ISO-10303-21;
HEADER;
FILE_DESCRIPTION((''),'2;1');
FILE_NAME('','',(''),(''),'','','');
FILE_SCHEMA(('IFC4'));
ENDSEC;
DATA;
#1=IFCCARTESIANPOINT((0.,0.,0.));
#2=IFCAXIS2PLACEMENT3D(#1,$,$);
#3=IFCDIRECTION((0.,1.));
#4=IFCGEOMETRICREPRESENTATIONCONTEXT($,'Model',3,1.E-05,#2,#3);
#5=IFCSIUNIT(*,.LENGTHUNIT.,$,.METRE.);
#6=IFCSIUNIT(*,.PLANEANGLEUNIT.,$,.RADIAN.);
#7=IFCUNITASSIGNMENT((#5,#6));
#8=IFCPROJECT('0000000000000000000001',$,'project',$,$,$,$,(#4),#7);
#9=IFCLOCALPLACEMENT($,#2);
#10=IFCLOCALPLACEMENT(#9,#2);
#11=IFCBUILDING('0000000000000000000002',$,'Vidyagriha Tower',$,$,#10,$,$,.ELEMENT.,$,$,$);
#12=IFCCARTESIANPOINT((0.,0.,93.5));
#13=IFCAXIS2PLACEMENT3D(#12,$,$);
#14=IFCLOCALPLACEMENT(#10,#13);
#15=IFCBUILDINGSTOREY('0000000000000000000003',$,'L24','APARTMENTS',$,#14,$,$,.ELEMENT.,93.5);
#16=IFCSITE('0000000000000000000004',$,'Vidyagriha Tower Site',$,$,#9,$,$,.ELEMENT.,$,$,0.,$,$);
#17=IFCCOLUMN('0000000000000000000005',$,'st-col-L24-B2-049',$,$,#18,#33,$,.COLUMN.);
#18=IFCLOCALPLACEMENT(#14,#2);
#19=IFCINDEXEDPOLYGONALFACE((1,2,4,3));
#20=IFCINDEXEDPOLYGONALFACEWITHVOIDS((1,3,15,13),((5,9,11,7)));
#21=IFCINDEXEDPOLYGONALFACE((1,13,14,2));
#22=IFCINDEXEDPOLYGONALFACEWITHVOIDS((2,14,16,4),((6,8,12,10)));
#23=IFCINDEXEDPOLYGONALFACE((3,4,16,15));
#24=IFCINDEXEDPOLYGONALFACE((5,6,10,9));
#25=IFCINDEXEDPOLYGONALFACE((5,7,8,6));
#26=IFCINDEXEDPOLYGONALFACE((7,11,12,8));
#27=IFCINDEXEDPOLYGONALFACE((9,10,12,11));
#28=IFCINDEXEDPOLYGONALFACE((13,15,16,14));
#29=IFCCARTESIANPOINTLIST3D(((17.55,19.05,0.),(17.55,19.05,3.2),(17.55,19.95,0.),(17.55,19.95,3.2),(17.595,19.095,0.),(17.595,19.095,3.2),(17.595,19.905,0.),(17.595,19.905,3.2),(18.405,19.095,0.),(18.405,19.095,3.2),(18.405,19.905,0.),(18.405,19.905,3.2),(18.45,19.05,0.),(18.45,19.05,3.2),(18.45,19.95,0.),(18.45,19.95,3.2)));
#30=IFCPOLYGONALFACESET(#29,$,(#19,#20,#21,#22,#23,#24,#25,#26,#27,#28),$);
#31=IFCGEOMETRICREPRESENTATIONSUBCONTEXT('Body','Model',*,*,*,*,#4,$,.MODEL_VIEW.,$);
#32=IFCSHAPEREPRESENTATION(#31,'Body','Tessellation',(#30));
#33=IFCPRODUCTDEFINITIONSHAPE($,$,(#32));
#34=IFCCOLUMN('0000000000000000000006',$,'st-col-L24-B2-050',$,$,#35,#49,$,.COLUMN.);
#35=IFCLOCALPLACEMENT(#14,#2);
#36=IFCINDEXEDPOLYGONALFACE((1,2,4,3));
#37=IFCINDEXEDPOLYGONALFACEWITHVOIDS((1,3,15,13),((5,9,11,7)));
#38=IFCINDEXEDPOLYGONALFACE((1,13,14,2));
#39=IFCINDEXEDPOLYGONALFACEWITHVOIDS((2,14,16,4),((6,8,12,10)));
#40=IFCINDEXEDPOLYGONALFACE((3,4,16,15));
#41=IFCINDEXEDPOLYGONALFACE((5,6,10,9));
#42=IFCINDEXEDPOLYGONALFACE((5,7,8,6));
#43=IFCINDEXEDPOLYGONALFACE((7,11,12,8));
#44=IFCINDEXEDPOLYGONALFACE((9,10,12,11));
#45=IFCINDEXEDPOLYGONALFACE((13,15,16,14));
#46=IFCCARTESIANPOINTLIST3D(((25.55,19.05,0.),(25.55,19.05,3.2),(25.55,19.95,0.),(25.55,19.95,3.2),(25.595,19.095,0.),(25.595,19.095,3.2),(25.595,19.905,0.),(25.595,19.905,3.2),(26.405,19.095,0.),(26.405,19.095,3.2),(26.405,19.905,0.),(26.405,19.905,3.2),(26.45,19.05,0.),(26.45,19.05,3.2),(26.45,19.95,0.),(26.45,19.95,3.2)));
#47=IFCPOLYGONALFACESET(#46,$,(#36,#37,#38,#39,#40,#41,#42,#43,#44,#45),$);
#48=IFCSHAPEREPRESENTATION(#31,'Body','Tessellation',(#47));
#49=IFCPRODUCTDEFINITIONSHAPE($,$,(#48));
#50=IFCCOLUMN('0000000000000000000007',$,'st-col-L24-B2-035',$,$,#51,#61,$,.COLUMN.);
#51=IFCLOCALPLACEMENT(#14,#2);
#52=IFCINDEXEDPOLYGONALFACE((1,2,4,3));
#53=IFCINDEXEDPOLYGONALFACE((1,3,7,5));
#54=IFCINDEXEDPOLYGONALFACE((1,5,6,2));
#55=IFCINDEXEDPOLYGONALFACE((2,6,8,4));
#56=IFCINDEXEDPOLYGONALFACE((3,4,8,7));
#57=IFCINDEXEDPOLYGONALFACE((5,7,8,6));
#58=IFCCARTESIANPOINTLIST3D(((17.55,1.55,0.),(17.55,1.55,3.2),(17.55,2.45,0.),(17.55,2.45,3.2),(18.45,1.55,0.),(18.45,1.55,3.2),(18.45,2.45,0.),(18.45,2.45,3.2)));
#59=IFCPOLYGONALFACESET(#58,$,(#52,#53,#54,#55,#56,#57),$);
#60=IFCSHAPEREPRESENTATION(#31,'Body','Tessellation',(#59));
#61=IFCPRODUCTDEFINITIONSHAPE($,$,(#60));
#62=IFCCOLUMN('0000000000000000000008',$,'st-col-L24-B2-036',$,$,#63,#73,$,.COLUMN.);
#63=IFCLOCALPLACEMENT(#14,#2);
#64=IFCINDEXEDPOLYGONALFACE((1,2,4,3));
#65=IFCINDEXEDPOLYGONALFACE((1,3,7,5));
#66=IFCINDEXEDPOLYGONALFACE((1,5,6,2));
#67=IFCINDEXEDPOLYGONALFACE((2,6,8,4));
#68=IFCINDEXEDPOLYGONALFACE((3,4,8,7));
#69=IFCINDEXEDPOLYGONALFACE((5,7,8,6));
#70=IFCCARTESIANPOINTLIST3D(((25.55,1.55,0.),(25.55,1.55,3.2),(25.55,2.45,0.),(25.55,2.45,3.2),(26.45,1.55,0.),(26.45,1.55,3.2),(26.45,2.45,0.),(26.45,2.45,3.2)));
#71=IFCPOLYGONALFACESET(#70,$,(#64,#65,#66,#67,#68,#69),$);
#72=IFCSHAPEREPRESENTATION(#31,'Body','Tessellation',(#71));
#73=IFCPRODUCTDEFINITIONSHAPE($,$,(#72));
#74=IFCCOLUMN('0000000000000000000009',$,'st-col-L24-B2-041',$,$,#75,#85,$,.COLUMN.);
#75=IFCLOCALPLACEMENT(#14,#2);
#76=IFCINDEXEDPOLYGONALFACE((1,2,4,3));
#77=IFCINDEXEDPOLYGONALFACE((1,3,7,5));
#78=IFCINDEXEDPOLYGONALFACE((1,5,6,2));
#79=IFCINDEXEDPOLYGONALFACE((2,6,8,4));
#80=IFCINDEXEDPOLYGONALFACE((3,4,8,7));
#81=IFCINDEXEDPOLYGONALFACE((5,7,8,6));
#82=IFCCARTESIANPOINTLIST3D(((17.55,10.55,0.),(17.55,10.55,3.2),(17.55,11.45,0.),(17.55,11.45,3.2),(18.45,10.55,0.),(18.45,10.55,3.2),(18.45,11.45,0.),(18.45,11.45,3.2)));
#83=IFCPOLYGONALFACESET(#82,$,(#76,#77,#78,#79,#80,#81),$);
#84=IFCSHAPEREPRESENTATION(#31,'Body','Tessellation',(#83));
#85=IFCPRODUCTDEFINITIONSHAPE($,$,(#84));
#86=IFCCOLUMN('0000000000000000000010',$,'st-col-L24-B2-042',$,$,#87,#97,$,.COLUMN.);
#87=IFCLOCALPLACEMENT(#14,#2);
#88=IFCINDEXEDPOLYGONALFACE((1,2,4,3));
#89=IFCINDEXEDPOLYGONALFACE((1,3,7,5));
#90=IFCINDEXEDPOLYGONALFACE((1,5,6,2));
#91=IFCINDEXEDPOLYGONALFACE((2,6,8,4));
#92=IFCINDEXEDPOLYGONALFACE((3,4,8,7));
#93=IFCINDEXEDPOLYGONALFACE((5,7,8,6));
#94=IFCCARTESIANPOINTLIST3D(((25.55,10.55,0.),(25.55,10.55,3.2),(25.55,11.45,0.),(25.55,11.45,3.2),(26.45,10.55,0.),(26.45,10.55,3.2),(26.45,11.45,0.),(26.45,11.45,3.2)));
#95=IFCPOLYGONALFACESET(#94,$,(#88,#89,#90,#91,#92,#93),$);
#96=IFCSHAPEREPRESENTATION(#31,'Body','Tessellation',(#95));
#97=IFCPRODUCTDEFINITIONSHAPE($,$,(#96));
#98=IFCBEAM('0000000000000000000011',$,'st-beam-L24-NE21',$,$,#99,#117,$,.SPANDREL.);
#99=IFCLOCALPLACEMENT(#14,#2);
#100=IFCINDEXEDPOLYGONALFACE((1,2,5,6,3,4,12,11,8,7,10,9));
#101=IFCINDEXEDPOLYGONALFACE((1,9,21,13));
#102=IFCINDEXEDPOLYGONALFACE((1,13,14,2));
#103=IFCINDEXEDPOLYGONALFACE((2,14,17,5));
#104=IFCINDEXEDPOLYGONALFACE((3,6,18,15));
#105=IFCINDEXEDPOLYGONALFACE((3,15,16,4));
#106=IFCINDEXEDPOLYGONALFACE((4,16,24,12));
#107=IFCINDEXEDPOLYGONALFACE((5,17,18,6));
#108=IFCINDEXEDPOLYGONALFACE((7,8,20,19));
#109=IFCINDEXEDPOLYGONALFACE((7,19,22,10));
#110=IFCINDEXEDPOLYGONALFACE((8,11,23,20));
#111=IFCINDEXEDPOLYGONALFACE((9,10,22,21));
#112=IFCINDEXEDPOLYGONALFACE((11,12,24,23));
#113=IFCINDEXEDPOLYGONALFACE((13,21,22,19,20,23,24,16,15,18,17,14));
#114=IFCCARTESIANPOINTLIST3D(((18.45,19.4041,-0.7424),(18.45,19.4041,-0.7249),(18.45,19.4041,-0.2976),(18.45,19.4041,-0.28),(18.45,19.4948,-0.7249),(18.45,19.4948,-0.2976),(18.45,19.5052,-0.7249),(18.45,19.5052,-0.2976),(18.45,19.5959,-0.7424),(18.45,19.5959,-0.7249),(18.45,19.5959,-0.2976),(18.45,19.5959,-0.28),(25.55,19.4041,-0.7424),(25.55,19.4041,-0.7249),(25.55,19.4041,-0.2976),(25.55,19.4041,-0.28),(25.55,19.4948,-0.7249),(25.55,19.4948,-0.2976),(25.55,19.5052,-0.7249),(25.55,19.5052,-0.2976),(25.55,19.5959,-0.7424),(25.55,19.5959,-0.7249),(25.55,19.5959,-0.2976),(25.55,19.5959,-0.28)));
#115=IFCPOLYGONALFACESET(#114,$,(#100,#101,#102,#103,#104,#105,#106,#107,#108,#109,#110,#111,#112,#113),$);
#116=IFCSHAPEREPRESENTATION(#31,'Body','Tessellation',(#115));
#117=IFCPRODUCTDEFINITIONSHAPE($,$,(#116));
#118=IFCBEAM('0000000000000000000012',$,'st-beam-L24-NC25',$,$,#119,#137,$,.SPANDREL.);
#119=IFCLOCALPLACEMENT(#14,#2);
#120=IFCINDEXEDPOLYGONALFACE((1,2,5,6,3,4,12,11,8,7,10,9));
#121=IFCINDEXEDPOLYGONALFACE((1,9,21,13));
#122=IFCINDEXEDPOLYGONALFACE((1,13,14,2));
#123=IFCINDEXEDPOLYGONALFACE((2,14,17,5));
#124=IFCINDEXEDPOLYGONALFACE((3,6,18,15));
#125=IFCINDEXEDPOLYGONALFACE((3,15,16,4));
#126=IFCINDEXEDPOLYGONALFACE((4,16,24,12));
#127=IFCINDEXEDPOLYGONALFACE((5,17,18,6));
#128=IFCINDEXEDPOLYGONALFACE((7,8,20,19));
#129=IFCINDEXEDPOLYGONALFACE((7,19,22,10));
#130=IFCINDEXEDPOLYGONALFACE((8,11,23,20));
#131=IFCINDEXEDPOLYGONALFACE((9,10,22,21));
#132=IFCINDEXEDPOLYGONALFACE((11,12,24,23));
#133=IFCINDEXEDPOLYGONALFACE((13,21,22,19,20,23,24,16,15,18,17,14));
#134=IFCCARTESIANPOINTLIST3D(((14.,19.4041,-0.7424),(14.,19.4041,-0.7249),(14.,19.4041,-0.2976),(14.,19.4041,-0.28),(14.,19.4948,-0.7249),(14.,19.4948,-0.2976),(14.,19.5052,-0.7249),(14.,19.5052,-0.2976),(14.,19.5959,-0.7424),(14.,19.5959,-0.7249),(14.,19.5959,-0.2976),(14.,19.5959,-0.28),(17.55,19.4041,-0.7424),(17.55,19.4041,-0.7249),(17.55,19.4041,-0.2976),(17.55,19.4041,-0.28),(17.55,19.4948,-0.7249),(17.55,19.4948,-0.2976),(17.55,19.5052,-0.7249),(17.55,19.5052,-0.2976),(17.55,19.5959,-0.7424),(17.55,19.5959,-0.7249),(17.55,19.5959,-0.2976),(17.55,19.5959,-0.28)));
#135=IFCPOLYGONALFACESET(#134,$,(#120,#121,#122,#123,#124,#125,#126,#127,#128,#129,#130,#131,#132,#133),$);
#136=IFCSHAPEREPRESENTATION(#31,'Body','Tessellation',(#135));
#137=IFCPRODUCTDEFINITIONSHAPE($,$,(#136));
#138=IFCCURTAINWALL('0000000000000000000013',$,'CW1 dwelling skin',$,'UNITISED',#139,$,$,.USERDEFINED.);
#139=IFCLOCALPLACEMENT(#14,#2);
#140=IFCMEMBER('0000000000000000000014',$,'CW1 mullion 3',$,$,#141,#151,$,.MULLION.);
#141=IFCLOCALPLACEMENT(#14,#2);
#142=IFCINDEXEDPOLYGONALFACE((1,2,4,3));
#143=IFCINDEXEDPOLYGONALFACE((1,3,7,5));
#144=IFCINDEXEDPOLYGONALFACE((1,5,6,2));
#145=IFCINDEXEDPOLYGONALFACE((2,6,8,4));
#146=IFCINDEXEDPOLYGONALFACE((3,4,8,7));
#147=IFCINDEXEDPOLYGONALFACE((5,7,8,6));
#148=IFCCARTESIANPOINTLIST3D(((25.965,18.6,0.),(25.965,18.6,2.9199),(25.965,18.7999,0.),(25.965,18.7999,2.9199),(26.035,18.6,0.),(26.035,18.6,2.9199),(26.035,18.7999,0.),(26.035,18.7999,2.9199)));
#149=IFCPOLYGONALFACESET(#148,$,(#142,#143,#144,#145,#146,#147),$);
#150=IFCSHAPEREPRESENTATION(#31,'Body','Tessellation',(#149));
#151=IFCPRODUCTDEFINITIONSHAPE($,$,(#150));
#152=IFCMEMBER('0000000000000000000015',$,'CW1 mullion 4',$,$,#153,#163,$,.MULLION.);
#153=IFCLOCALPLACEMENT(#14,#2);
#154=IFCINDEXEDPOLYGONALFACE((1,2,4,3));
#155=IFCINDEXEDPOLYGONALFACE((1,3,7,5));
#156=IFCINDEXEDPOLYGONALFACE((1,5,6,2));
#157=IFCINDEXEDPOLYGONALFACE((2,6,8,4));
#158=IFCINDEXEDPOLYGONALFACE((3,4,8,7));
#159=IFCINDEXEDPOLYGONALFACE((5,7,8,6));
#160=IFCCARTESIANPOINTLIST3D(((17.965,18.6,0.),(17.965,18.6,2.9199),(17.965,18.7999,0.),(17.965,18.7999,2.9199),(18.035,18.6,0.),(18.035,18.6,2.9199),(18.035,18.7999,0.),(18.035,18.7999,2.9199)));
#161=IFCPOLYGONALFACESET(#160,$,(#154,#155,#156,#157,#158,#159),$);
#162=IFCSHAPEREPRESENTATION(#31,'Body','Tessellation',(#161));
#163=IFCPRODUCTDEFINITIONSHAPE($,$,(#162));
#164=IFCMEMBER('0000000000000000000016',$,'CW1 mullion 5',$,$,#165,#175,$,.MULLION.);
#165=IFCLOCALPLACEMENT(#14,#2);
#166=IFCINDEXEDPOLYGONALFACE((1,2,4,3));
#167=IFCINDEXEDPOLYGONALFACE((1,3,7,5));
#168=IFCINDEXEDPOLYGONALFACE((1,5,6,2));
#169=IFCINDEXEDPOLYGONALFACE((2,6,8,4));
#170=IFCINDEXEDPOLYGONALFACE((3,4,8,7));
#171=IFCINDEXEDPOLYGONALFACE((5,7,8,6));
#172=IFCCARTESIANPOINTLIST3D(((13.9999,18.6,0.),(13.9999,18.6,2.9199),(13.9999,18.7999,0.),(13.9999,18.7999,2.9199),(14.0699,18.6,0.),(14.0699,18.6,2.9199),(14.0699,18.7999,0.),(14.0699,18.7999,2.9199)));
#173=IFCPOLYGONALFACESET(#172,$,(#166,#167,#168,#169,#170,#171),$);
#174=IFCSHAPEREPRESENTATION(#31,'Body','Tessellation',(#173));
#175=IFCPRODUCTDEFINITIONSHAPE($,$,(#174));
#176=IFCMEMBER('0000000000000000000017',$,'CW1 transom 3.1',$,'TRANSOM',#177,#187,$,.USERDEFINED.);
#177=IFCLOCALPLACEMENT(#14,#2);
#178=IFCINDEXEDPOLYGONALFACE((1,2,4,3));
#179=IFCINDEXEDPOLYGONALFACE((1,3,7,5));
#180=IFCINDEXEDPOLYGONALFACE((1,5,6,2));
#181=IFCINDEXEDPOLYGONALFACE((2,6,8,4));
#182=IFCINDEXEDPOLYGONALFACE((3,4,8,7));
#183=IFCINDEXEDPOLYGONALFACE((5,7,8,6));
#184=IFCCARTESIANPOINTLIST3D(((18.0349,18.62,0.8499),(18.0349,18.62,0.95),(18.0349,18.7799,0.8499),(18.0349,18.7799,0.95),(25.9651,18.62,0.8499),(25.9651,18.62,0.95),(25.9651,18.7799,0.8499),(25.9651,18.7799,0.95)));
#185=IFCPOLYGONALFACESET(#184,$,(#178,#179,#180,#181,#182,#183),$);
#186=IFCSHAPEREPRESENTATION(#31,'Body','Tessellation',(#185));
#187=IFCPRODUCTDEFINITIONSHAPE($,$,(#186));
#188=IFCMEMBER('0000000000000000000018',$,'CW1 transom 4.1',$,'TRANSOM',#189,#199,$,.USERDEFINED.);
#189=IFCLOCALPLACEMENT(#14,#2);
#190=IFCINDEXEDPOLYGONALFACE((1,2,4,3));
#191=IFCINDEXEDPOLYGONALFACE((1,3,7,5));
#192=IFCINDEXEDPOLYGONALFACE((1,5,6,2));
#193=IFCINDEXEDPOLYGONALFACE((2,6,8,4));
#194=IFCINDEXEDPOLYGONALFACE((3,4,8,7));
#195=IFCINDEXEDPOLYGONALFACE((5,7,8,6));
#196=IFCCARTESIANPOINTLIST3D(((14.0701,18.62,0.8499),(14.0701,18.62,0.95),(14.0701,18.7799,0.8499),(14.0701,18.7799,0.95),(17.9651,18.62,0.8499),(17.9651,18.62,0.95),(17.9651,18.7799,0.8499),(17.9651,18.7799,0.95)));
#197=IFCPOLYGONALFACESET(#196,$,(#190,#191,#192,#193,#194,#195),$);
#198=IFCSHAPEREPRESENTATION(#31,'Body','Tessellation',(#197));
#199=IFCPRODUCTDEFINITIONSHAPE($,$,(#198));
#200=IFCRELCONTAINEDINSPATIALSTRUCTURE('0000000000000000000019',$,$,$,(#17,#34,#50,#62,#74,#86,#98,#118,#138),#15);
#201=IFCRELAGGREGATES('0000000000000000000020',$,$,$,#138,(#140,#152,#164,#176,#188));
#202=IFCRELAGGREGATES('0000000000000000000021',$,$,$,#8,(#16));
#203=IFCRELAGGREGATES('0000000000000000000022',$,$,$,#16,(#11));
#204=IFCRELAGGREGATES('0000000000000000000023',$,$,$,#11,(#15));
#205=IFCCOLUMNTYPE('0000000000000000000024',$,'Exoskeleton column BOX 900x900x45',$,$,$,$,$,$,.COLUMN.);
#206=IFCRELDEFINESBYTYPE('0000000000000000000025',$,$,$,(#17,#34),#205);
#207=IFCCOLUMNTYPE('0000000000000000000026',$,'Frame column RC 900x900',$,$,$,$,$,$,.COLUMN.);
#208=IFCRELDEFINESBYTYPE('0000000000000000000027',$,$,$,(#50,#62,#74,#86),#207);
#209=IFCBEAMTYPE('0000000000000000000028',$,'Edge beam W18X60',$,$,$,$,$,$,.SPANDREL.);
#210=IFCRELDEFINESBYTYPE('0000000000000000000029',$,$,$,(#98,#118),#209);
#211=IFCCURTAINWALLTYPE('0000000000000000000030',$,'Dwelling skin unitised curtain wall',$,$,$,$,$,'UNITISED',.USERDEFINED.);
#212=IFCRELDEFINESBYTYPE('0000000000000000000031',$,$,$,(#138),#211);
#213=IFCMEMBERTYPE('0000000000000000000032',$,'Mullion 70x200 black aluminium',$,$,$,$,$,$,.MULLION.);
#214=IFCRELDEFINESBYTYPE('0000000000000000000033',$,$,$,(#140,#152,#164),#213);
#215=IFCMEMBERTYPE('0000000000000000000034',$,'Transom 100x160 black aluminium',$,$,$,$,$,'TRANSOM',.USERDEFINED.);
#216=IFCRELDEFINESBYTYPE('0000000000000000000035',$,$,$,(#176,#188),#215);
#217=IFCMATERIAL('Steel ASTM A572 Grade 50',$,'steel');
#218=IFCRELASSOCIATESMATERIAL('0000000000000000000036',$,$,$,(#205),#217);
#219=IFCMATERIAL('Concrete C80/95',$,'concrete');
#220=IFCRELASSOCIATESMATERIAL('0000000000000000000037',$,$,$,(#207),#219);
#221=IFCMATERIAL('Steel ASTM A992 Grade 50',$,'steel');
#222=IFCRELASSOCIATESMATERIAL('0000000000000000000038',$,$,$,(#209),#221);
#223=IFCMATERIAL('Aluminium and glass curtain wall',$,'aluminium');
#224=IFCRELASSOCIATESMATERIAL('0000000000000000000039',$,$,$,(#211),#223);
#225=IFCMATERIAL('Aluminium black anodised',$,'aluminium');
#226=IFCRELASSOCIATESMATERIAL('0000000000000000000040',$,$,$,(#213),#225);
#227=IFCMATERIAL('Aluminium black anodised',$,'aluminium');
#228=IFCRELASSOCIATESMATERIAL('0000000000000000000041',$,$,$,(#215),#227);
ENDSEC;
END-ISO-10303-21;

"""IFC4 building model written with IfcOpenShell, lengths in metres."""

from ifc_helpers import new_model, si_unit, direction, frame, origin, origin_2d, place, context, subcontext, project, spatial, rectangle, hollow_rectangle, i_section, extrude, material, material_profile, profile_set, type_object, element, aggregate, save


model = new_model("IFC4")

# Units and contexts
model_context = context("Model", 3, precision=1e-05, world=origin(), true_north=direction((0.0, 1.0)))
body_context = subcontext(model_context, "Body", "Model", "MODEL_VIEW")
ifc_project = project(units=[si_unit("LENGTHUNIT", "METRE"), si_unit("PLANEANGLEUNIT", "RADIAN")], contexts=[model_context])

# Site, building, storey
site_placement = place(None, origin())
site = spatial("IfcSite", under=ifc_project, at=site_placement, Name="Vidyagriha Tower Site", CompositionType="ELEMENT", RefElevation=0.0)
building_placement = place(site_placement, origin())
building = spatial("IfcBuilding", under=site, at=building_placement, Name="Vidyagriha Tower", CompositionType="ELEMENT")
storey_placement = place(building_placement, frame((0.0, 0.0, 93.5)))
storey = spatial("IfcBuildingStorey", under=building, at=storey_placement, Name="L24", Description="APARTMENTS", CompositionType="ELEMENT", Elevation=93.5)

# Columns
ifc_material_1 = material(Name="Steel ASTM A572 Grade 50", Category="steel")
ifc_material_profile_1 = material_profile(ifc_material_1, hollow_rectangle(XDim=0.8999, YDim=0.8999, WallThickness=0.0449, at=origin_2d()), Name="BOX 900x900x45")
ifc_profile_set_1 = profile_set([ifc_material_profile_1], Name="Steel ASTM A572 Grade 50")
column_type_1 = type_object("IfcColumnType", Name="Exoskeleton column BOX 900x900x45", PredefinedType="COLUMN", material=ifc_profile_set_1)
for number, where, name in (
    (1, (18.0, 19.5, 0.0), "st-col-L24-B2-049"),
    (2, (26.0, 19.5, 0.0), "st-col-L24-B2-050"),
):
    element("IfcColumn", number, at=place(storey_placement, frame(where)), inside=storey, type_object=column_type_1, Name=name, PredefinedType="COLUMN", context=body_context, shape_type="SweptSolid", body=[
        extrude(hollow_rectangle(XDim=0.8999, YDim=0.8999, WallThickness=0.0449, at=origin_2d()), origin(), (0.0, 0.0, 1.0), 3.2),
    ])
ifc_material_2 = material(Name="Concrete C80/95", Category="concrete")
ifc_material_profile_2 = material_profile(ifc_material_2, rectangle(XDim=0.8999, YDim=0.8999, at=origin_2d()), Name="RC 900x900")
ifc_profile_set_2 = profile_set([ifc_material_profile_2], Name="Concrete C80/95")
column_type_2 = type_object("IfcColumnType", Name="Frame column RC 900x900", PredefinedType="COLUMN", material=ifc_profile_set_2)
for number, where, name in (
    (3, (18.0, 2.0, 0.0), "st-col-L24-B2-035"),
    (4, (26.0, 2.0, 0.0), "st-col-L24-B2-036"),
    (5, (18.0, 11.0, 0.0), "st-col-L24-B2-041"),
    (6, (26.0, 11.0, 0.0), "st-col-L24-B2-042"),
):
    element("IfcColumn", number, at=place(storey_placement, frame(where)), inside=storey, type_object=column_type_2, Name=name, PredefinedType="COLUMN", context=body_context, shape_type="SweptSolid", body=[
        extrude(rectangle(XDim=0.8999, YDim=0.8999, at=origin_2d()), origin(), (0.0, 0.0, 1.0), 3.2),
    ])

# Beams
ifc_material_3 = material(Name="Steel ASTM A992 Grade 50", Category="steel")
ifc_material_profile_3 = material_profile(ifc_material_3, i_section(OverallWidth=0.1919, OverallDepth=0.4624, WebThickness=0.0105, FlangeThickness=0.0176, at=origin_2d()), Name="W18X60")
ifc_profile_set_3 = profile_set([ifc_material_profile_3], Name="Steel ASTM A992 Grade 50")
beam_type = type_object("IfcBeamType", Name="Edge beam W18X60", PredefinedType="SPANDREL", material=ifc_profile_set_3)
beam_1_placement = place(storey_placement, frame((18.45, 19.5, -0.5112), z_axis=(1.0, 0.0, 0.0), x_axis=(0.0, 1.0, 0.0)))
element("IfcBeam", 7, at=beam_1_placement, inside=storey, type_object=beam_type, Name="st-beam-L24-NE21", PredefinedType="SPANDREL", context=body_context, shape_type="SweptSolid", body=[
    extrude(i_section(OverallWidth=0.1919, OverallDepth=0.4624, WebThickness=0.0105, FlangeThickness=0.0176, at=origin_2d()), origin(), (0.0, 0.0, 1.0), 7.1001),
])
beam_2_placement = place(storey_placement, frame((14.0, 19.5, -0.5112), z_axis=(1.0, 0.0, 0.0), x_axis=(0.0, 1.0, 0.0)))
element("IfcBeam", 8, at=beam_2_placement, inside=storey, type_object=beam_type, Name="st-beam-L24-NC25", PredefinedType="SPANDREL", context=body_context, shape_type="SweptSolid", body=[
    extrude(i_section(OverallWidth=0.1919, OverallDepth=0.4624, WebThickness=0.0105, FlangeThickness=0.0176, at=origin_2d()), origin(), (0.0, 0.0, 1.0), 3.55),
])

# Curtain wall, members
ifc_material_4 = material(Name="Aluminium and glass curtain wall", Category="aluminium")
curtain_wall_type = type_object("IfcCurtainWallType", Name="Dwelling skin unitised curtain wall", ElementType="UNITISED", PredefinedType="USERDEFINED", material=ifc_material_4)
curtain_wall_placement = place(storey_placement, origin())
curtain_wall = element("IfcCurtainWall", 9, at=curtain_wall_placement, inside=storey, type_object=curtain_wall_type, Name="CW1 dwelling skin", ObjectType="UNITISED", PredefinedType="USERDEFINED")
ifc_material_5 = material(Name="Aluminium black anodised", Category="aluminium")
ifc_material_profile_4 = material_profile(ifc_material_5, rectangle(XDim=0.2, YDim=0.0701, at=origin_2d()), Name="Mullion 70x200 black aluminium")
ifc_profile_set_4 = profile_set([ifc_material_profile_4], Name="Aluminium black anodised")
member_type_1 = type_object("IfcMemberType", Name="Mullion 70x200 black aluminium", PredefinedType="MULLION", material=ifc_profile_set_4)
member_1_placement = place(storey_placement, frame((26.0, 18.7, 0.0), z_axis=(0.0, 0.0, 1.0), x_axis=(0.0, -1.0, 0.0)))
member_1 = element("IfcMember", 10, at=member_1_placement, type_object=member_type_1, Name="CW1 mullion 3", PredefinedType="MULLION", context=body_context, shape_type="SweptSolid", body=[
    extrude(rectangle(XDim=0.2, YDim=0.0701, at=origin_2d()), origin(), (0.0, 0.0, 1.0), 2.9199),
])
member_2_placement = place(storey_placement, frame((18.0, 18.7, 0.0), z_axis=(0.0, 0.0, 1.0), x_axis=(0.0, -1.0, 0.0)))
member_2 = element("IfcMember", 11, at=member_2_placement, type_object=member_type_1, Name="CW1 mullion 4", PredefinedType="MULLION", context=body_context, shape_type="SweptSolid", body=[
    extrude(rectangle(XDim=0.2, YDim=0.0701, at=origin_2d()), origin(), (0.0, 0.0, 1.0), 2.9199),
])
member_3_placement = place(storey_placement, frame((14.0349, 18.7, 0.0), z_axis=(0.0, 0.0, 1.0), x_axis=(0.0, -1.0, 0.0)))
member_3 = element("IfcMember", 12, at=member_3_placement, type_object=member_type_1, Name="CW1 mullion 5", PredefinedType="MULLION", context=body_context, shape_type="SweptSolid", body=[
    extrude(rectangle(XDim=0.2, YDim=0.0701, at=origin_2d()), origin(), (0.0, 0.0, 1.0), 2.9199),
])
ifc_material_6 = material(Name="Aluminium black anodised", Category="aluminium")
ifc_material_profile_5 = material_profile(ifc_material_6, rectangle(XDim=0.1599, YDim=0.1001, at=origin_2d()), Name="Transom 100x160 black aluminium")
ifc_profile_set_5 = profile_set([ifc_material_profile_5], Name="Aluminium black anodised")
member_type_2 = type_object("IfcMemberType", Name="Transom 100x160 black aluminium", ElementType="TRANSOM", PredefinedType="USERDEFINED", material=ifc_profile_set_5)
member_4_placement = place(storey_placement, frame((25.9651, 18.7, 0.8999), z_axis=(-1.0, 0.0, 0.0), x_axis=(0.0, -1.0, 0.0)))
member_4 = element("IfcMember", 13, at=member_4_placement, type_object=member_type_2, Name="CW1 transom 3.1", ObjectType="TRANSOM", PredefinedType="USERDEFINED", context=body_context, shape_type="SweptSolid", body=[
    extrude(rectangle(XDim=0.1599, YDim=0.1001, at=origin_2d()), origin(), (0.0, 0.0, 1.0), 7.9302),
])
member_5_placement = place(storey_placement, frame((17.9651, 18.7, 0.8999), z_axis=(-1.0, 0.0, 0.0), x_axis=(0.0, -1.0, 0.0)))
member_5 = element("IfcMember", 14, at=member_5_placement, type_object=member_type_2, Name="CW1 transom 4.1", ObjectType="TRANSOM", PredefinedType="USERDEFINED", context=body_context, shape_type="SweptSolid", body=[
    extrude(rectangle(XDim=0.1599, YDim=0.1001, at=origin_2d()), origin(), (0.0, 0.0, 1.0), 3.895),
])
aggregate(curtain_wall, [member_1, member_2, member_3, member_4, member_5])

save(model, "model.ifc")
